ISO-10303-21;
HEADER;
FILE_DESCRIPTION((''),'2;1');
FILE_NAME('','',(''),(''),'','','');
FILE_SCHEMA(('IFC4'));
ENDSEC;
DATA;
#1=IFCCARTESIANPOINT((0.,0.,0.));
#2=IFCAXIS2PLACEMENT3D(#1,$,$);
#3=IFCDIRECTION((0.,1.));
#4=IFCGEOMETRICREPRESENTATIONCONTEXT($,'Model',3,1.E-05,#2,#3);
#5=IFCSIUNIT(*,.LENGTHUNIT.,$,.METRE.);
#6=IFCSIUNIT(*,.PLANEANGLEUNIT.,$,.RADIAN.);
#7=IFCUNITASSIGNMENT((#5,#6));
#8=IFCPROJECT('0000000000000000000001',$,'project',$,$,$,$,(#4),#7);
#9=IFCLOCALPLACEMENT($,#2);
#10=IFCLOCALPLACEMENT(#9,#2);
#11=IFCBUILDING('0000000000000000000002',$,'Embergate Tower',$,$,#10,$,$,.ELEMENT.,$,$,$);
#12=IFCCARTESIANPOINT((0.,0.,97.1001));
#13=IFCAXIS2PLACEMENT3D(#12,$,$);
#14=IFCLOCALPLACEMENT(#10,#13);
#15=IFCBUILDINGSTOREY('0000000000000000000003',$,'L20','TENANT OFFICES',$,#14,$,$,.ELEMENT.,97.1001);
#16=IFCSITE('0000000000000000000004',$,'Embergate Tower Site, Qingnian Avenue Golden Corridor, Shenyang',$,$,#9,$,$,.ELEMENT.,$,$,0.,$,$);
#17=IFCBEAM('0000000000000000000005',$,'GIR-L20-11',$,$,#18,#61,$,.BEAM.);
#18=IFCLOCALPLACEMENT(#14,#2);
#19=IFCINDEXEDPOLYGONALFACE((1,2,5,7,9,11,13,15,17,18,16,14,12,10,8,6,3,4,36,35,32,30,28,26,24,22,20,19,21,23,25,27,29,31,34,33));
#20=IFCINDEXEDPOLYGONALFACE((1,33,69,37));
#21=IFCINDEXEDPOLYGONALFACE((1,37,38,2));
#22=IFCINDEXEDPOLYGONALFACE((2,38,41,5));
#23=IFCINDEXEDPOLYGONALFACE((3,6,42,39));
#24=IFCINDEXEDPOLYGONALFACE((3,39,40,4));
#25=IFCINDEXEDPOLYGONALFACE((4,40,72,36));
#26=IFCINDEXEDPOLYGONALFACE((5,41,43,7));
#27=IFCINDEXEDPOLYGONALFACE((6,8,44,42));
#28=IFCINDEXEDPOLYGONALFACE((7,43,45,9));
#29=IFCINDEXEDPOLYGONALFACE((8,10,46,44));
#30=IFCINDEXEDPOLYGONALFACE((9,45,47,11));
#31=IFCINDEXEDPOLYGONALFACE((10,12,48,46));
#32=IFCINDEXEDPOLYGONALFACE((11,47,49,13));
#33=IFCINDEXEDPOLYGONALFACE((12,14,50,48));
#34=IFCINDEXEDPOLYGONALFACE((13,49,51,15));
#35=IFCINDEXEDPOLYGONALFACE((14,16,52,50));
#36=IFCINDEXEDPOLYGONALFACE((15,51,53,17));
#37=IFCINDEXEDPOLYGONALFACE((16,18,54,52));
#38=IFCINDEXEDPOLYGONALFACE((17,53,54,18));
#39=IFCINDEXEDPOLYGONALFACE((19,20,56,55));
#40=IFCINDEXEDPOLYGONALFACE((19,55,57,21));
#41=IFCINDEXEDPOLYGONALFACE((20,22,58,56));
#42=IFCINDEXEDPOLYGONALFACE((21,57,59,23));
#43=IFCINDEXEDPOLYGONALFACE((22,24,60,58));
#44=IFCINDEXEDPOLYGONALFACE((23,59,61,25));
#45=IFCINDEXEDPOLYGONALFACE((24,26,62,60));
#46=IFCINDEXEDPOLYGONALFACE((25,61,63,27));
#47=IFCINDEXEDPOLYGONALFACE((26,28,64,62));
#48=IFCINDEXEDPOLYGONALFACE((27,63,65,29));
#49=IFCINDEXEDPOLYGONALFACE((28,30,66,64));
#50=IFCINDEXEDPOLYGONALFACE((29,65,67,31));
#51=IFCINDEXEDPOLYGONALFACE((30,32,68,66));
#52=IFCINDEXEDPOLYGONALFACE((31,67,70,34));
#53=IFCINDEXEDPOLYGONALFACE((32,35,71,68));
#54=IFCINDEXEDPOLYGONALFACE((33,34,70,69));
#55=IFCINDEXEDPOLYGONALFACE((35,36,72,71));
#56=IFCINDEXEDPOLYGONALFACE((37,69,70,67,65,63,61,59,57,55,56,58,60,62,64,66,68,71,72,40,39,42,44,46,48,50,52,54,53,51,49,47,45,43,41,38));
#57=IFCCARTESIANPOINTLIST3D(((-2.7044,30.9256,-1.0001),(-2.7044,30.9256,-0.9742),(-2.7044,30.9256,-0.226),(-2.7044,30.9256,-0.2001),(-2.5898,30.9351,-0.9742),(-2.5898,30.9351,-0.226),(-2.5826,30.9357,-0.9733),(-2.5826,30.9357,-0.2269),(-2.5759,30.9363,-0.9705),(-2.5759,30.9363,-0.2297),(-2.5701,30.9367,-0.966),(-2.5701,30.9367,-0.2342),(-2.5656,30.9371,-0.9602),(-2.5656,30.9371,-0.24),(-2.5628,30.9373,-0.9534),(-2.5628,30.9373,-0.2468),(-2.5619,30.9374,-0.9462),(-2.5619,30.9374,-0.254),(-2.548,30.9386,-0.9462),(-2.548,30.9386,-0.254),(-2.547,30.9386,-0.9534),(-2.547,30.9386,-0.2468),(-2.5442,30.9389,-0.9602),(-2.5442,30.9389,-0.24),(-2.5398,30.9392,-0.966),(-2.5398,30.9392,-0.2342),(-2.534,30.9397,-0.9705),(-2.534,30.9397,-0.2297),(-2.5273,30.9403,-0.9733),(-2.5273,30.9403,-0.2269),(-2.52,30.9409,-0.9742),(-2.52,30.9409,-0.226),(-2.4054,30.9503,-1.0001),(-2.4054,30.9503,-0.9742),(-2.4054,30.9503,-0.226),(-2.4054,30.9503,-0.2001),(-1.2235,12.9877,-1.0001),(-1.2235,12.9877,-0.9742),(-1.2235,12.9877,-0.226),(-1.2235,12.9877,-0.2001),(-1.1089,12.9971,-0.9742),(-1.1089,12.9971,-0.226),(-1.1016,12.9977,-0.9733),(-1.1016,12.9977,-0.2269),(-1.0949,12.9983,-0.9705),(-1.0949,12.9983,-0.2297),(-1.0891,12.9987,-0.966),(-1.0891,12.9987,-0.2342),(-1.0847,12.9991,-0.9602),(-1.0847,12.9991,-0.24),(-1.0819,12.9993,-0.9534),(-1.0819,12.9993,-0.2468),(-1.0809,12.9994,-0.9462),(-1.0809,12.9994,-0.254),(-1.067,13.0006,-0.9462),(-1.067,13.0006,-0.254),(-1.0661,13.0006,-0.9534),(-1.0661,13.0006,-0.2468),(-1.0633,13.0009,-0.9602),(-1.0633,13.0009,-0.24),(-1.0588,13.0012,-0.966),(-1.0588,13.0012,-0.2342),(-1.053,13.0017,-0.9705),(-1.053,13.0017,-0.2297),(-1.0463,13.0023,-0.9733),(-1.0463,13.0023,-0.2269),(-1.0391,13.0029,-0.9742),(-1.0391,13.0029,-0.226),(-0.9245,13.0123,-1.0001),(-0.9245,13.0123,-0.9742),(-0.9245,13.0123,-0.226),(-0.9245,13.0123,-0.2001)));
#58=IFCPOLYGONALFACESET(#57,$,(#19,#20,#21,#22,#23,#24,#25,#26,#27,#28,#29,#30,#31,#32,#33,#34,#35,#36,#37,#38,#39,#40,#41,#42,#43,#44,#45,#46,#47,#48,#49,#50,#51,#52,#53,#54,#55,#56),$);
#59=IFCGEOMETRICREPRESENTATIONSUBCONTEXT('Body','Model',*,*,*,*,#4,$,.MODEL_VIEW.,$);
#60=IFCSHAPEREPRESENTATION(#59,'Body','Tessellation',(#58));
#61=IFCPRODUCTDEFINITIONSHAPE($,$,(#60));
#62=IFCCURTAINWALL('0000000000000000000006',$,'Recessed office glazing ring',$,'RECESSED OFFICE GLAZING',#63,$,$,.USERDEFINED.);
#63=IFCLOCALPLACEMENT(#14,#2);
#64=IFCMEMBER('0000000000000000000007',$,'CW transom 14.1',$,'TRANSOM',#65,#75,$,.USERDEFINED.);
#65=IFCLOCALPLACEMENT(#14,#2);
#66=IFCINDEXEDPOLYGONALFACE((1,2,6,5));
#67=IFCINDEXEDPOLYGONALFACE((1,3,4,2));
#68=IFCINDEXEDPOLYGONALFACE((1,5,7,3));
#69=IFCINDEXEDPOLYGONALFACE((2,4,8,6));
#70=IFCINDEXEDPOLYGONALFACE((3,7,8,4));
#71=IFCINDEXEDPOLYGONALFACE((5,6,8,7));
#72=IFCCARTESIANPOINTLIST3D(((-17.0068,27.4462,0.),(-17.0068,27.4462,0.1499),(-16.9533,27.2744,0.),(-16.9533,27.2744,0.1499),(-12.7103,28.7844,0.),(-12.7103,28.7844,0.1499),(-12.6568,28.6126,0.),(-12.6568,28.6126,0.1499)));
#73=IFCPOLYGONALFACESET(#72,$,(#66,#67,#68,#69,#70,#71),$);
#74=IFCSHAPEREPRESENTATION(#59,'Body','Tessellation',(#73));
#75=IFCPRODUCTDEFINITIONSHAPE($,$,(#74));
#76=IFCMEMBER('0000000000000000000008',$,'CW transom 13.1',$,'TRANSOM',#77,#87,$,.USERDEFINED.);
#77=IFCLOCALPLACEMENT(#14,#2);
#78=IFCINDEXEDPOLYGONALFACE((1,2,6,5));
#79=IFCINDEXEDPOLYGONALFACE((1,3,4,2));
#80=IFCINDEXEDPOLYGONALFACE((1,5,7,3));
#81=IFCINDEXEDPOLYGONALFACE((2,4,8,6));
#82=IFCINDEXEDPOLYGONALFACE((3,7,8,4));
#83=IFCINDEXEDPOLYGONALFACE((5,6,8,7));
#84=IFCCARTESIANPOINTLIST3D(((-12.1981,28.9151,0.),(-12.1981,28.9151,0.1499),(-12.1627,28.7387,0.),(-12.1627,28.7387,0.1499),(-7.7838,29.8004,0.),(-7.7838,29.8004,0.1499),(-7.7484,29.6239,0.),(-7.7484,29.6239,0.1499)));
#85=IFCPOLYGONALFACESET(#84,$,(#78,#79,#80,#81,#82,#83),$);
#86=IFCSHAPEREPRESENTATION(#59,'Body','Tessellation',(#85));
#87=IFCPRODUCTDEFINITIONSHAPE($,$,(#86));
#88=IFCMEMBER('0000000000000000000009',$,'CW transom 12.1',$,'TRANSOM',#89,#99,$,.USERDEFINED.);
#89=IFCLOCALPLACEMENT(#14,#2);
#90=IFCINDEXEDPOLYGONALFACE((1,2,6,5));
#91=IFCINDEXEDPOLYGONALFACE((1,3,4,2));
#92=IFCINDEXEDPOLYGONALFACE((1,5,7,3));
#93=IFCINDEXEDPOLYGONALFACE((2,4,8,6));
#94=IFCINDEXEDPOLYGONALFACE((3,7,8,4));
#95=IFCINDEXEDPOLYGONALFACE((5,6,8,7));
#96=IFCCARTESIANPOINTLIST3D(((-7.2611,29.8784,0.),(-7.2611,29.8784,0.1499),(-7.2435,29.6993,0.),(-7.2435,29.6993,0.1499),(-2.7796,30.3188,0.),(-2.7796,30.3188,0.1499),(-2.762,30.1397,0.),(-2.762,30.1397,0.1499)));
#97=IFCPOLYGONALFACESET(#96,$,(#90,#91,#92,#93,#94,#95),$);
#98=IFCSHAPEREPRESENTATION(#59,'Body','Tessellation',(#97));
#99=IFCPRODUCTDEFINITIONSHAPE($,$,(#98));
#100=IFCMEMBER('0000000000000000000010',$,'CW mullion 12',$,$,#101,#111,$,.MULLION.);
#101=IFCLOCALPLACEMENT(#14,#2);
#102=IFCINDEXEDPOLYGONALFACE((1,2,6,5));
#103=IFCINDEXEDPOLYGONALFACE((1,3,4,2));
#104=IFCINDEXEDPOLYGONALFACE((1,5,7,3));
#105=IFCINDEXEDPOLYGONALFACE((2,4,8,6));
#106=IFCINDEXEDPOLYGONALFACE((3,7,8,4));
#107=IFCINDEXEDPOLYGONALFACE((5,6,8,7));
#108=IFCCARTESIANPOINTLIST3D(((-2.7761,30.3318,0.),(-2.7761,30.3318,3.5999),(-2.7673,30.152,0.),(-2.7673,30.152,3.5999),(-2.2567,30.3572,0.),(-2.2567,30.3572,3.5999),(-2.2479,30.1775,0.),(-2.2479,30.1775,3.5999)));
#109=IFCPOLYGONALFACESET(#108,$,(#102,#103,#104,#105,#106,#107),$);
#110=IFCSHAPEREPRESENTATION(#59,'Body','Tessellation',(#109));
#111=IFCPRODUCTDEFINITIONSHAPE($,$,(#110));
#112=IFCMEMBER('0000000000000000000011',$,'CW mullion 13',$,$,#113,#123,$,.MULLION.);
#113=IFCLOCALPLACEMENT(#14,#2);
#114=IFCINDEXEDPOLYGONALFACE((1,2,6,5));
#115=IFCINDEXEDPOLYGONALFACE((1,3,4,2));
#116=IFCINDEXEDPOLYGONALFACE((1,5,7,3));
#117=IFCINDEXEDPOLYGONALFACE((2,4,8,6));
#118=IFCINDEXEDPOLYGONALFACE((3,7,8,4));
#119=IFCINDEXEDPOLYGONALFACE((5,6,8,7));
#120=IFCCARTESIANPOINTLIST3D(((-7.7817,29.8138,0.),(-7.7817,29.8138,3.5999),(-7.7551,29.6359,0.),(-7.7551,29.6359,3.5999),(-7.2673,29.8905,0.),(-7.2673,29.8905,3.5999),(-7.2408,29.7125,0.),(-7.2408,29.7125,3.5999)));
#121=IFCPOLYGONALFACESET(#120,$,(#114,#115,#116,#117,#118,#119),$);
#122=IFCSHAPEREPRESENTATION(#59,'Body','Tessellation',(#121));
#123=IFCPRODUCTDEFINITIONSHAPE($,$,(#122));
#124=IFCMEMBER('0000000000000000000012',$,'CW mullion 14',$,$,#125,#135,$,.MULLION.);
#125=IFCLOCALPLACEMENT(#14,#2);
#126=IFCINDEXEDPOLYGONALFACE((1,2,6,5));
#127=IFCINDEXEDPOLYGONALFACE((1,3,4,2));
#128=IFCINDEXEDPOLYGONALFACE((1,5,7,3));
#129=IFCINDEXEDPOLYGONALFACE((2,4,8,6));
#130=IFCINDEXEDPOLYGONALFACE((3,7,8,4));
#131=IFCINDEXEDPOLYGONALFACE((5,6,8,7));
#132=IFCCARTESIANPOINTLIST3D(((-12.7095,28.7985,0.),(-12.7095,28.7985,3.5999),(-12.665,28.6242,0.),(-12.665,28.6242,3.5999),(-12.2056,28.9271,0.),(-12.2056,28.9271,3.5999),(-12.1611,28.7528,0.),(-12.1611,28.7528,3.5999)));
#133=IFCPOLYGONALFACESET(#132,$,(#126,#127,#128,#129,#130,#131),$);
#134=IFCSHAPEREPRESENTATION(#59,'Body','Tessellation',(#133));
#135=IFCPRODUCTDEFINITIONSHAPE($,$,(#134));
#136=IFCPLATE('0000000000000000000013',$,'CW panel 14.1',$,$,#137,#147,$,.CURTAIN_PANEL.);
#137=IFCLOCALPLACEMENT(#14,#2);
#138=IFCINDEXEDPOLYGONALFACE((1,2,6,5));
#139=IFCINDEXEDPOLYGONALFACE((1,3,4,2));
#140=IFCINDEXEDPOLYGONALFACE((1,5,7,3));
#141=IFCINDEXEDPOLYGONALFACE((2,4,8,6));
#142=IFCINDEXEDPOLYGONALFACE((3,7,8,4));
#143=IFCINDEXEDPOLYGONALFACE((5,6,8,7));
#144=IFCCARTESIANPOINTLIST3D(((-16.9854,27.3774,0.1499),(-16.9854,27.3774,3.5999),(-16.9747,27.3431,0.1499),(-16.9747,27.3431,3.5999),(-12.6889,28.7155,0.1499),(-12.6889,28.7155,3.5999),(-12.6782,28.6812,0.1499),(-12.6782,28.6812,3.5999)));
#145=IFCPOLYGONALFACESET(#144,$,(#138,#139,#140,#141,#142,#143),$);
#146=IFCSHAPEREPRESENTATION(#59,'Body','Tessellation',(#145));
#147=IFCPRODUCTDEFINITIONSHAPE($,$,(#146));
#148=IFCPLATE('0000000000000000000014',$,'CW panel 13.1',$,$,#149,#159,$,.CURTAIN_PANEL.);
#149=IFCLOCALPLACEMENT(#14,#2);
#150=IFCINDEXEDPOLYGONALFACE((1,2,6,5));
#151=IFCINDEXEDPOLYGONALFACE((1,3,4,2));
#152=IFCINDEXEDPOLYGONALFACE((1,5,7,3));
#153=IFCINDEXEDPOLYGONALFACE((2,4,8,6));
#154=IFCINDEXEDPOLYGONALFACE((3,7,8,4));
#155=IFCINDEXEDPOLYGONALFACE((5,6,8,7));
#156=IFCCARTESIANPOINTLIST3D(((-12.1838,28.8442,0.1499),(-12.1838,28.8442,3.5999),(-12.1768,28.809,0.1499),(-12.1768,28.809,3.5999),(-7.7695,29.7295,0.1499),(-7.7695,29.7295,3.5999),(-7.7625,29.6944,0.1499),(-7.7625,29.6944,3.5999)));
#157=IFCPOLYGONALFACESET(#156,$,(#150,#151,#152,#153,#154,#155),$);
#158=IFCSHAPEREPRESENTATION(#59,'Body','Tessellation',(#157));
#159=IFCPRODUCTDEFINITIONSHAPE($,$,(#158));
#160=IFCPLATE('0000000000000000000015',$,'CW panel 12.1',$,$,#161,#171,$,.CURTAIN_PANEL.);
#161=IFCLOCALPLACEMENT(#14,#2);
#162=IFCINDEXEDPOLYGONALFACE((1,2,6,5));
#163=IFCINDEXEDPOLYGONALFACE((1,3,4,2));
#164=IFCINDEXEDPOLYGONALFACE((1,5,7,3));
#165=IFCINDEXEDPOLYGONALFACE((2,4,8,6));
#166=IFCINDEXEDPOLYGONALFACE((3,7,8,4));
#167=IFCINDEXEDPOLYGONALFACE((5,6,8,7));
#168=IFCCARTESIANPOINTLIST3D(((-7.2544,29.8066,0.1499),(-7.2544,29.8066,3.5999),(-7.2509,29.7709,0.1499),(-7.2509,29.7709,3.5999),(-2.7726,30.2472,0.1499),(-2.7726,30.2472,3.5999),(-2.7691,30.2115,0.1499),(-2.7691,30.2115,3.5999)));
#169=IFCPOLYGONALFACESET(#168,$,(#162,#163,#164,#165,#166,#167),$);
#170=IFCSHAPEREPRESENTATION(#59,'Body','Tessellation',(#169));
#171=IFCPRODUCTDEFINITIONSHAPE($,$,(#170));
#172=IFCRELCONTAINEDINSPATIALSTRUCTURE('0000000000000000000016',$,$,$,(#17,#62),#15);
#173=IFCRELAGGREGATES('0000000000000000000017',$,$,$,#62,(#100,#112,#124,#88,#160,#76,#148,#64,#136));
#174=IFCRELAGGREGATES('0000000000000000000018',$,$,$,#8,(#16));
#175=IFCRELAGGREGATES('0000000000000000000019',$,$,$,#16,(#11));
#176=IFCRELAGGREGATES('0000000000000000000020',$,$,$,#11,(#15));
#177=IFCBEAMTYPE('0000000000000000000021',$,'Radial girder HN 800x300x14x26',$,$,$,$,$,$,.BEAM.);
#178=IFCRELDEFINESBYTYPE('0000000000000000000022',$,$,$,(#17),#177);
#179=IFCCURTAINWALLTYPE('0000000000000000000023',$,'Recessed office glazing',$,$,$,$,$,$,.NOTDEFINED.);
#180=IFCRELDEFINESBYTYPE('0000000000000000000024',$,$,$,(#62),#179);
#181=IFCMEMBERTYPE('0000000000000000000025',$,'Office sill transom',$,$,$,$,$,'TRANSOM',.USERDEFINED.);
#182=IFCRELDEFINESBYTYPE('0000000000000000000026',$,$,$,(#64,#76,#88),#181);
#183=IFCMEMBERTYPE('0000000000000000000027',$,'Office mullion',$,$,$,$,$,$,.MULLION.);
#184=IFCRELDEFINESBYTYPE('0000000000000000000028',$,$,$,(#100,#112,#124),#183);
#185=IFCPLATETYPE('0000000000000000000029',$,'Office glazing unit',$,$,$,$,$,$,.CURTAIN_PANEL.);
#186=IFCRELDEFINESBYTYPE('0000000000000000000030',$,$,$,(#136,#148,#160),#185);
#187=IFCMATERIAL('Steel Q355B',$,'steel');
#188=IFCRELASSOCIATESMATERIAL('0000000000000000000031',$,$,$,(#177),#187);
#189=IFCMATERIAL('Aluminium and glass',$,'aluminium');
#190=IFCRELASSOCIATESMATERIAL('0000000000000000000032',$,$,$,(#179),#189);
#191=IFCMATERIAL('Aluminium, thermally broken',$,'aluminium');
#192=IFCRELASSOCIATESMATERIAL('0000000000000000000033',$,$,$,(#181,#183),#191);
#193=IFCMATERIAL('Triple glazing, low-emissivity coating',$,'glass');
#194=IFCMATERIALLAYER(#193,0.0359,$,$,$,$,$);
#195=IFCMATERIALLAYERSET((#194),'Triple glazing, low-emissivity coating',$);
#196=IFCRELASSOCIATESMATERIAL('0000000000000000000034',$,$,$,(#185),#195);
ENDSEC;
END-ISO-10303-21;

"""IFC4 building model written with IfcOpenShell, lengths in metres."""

from ifc_helpers import new_model, si_unit, direction, frame, origin, origin_2d, place, context, subcontext, project, spatial, rectangle, i_section, extrude, source, transform, mapped, material, layer, layer_set, material_profile, profile_set, type_object, element, aggregate, save


model = new_model("IFC4")

# Units and contexts
model_context = context("Model", 3, precision=1e-05, world=origin(), true_north=direction((0.0, 1.0)))
body_context = subcontext(model_context, "Body", "Model", "MODEL_VIEW")
ifc_project = project(units=[si_unit("LENGTHUNIT", "METRE"), si_unit("PLANEANGLEUNIT", "RADIAN")], contexts=[model_context])

# Site, building, storey
site_placement = place(None, origin())
site = spatial("IfcSite", under=ifc_project, at=site_placement, Name="Embergate Tower Site, Qingnian Avenue Golden Corridor, Shenyang", CompositionType="ELEMENT", RefElevation=0.0)
building_placement = place(site_placement, origin())
building = spatial("IfcBuilding", under=site, at=building_placement, Name="Embergate Tower", CompositionType="ELEMENT")
storey_placement = place(building_placement, frame((0.0, 0.0, 97.1001)))
storey = spatial("IfcBuildingStorey", under=building, at=storey_placement, Name="L20", Description="TENANT OFFICES", CompositionType="ELEMENT", Elevation=97.1001)

# Beam
ifc_material_1 = material(Name="Steel Q355B", Category="steel")
ifc_material_profile_1 = material_profile(ifc_material_1, i_section(OverallWidth=0.3, OverallDepth=0.8, WebThickness=0.0139, FlangeThickness=0.0259, FilletRadius=0.0281, at=origin_2d()), Name="HN 800x300x14x26")
ifc_profile_set_1 = profile_set([ifc_material_profile_1], Name="Steel Q355 grade B")
beam_type_1 = type_object("IfcBeamType", Name="Radial girder HN 800x300x14x26", PredefinedType="BEAM", material=ifc_profile_set_1)
shared_shape_1 = source(origin(), body_context, "Body", "SweptSolid", [
    extrude(i_section(OverallWidth=0.3, OverallDepth=0.8, WebThickness=0.0139, FlangeThickness=0.0259, FilletRadius=0.0281, at=origin_2d()), origin(), (0.0, 0.0, 1.0), 17.999),
])
beam_1_placement = place(storey_placement, frame((-2.5549, 30.938, -0.6001), z_axis=(0.08228, -0.996609, 0.0), x_axis=(0.996609, 0.08228, 0.0)))
element("IfcBeam", 1, at=beam_1_placement, inside=storey, type_object=beam_type_1, Name="GIR-L20-11", PredefinedType="BEAM", context=body_context, shape_type="MappedRepresentation", body=[
    mapped(shared_shape_1, transform((0.0, 0.0, 0.0))),
])

# Curtain wall, members, plates
ifc_material_2 = material(Name="Aluminium and glass", Category="aluminium")
curtain_wall_type = type_object("IfcCurtainWallType", Name="Recessed office glazing", PredefinedType="NOTDEFINED", material=ifc_material_2)
curtain_wall_placement = place(storey_placement, origin())
curtain_wall = element("IfcCurtainWall", 2, at=curtain_wall_placement, inside=storey, type_object=curtain_wall_type, Name="Recessed office glazing ring", ObjectType="RECESSED OFFICE GLAZING", PredefinedType="USERDEFINED")
ifc_material_3 = material(Name="Aluminium, thermally broken", Category="aluminium")
ifc_material_profile_2 = material_profile(ifc_material_3, rectangle(XDim=0.1799, YDim=0.1499, at=origin_2d()), Name="AL 150x180")
ifc_profile_set_2 = profile_set([ifc_material_profile_2], Name="Aluminium, thermally broken")
member_type_1 = type_object("IfcMemberType", Name="Office sill transom", ElementType="TRANSOM", PredefinedType="USERDEFINED", material=ifc_profile_set_2)
shared_shape_2 = source(origin(), body_context, "Body", "SweptSolid", [
    extrude(rectangle(XDim=0.1799, YDim=0.1499, at=origin_2d()), origin(), (0.0, 0.0, 1.0), 4.5),
])
member_1_placement = place(storey_placement, frame((-12.6836, 28.6985, 0.075), z_axis=(-0.954763, -0.297367, 0.0), x_axis=(0.297367, -0.954763, 0.0)))
member_1 = element("IfcMember", 3, at=member_1_placement, type_object=member_type_1, Name="CW transom 14.1", ObjectType="TRANSOM", PredefinedType="USERDEFINED", context=body_context, shape_type="MappedRepresentation", body=[
    mapped(shared_shape_2, transform((0.0, 0.0, 0.0))),
])
shared_shape_3 = source(origin(), body_context, "Body", "SweptSolid", [
    extrude(rectangle(XDim=0.1799, YDim=0.1499, at=origin_2d()), origin(), (0.0, 0.0, 1.0), 4.5022),
])
member_2_placement = place(storey_placement, frame((-7.7661, 29.7122, 0.075), z_axis=(-0.980478, -0.196627, 0.0), x_axis=(0.196627, -0.980478, 0.0)))
member_2 = element("IfcMember", 4, at=member_2_placement, type_object=member_type_1, Name="CW transom 13.1", ObjectType="TRANSOM", PredefinedType="USERDEFINED", context=body_context, shape_type="MappedRepresentation", body=[
    mapped(shared_shape_3, transform((0.0, 0.0, 0.0))),
])
shared_shape_4 = source(origin(), body_context, "Body", "SweptSolid", [
    extrude(rectangle(XDim=0.1799, YDim=0.1499, at=origin_2d()), origin(), (0.0, 0.0, 1.0), 4.5032),
])
member_3_placement = place(storey_placement, frame((-2.7708, 30.2292, 0.075), z_axis=(-0.995206, -0.097802, 0.0), x_axis=(0.097802, -0.995206, 0.0)))
member_3 = element("IfcMember", 5, at=member_3_placement, type_object=member_type_1, Name="CW transom 12.1", ObjectType="TRANSOM", PredefinedType="USERDEFINED", context=body_context, shape_type="MappedRepresentation", body=[
    mapped(shared_shape_4, transform((0.0, 0.0, 0.0))),
])
ifc_material_profile_3 = material_profile(ifc_material_3, rectangle(XDim=0.1799, YDim=0.52, at=origin_2d()), Name="AL 520x180")
ifc_profile_set_3 = profile_set([ifc_material_profile_3], Name="Aluminium, thermally broken")
member_type_2 = type_object("IfcMemberType", Name="Office mullion", PredefinedType="MULLION", material=ifc_profile_set_3)
shared_shape_5 = source(origin(), body_context, "Body", "SweptSolid", [
    extrude(rectangle(XDim=0.1799, YDim=0.52, at=origin_2d()), origin(), (0.0, 0.0, 1.0), 3.5999),
])
member_4_placement = place(storey_placement, frame((-2.512, 30.2546, 0.0), z_axis=(0.0, 0.0, 1.0), x_axis=(0.048972, -0.9988, 0.0)))
member_4 = element("IfcMember", 6, at=member_4_placement, type_object=member_type_2, Name="CW mullion 12", PredefinedType="MULLION", context=body_context, shape_type="MappedRepresentation", body=[
    mapped(shared_shape_5, transform((0.0, 0.0, 0.0))),
])
member_5_placement = place(storey_placement, frame((-7.5112, 29.7632, 0.0), z_axis=(0.0, 0.0, 1.0), x_axis=(0.147416, -0.989075, 0.0)))
member_5 = element("IfcMember", 7, at=member_5_placement, type_object=member_type_2, Name="CW mullion 13", PredefinedType="MULLION", context=body_context, shape_type="MappedRepresentation", body=[
    mapped(shared_shape_5, transform((0.0, 0.0, 0.0))),
])
member_6_placement = place(storey_placement, frame((-12.4353, 28.7756, 0.0), z_axis=(0.0, 0.0, 1.0), x_axis=(0.247319, -0.968934, 0.0)))
member_6 = element("IfcMember", 8, at=member_6_placement, type_object=member_type_2, Name="CW mullion 14", PredefinedType="MULLION", context=body_context, shape_type="MappedRepresentation", body=[
    mapped(shared_shape_5, transform((0.0, 0.0, 0.0))),
])
ifc_material_4 = material(Name="Triple glazing, low-emissivity coating", Category="glass")
ifc_layer_1 = layer(ifc_material_4, 0.0359)
ifc_layer_set_1 = layer_set([ifc_layer_1], Name="Triple glazing, low-emissivity coating")
plate_type = type_object("IfcPlateType", Name="Office glazing unit", PredefinedType="CURTAIN_PANEL", material=ifc_layer_set_1)
shared_shape_6 = source(origin(), body_context, "Body", "SweptSolid", [
    extrude(rectangle(XDim=4.5, YDim=0.0359, at=origin_2d()), origin(), (0.0, 0.0, 1.0), 3.45),
])
plate_1_placement = place(storey_placement, frame((-14.8318, 28.0293, 0.1499), z_axis=(0.0, 0.0, 1.0), x_axis=(-0.95477, -0.297345, 0.0)))
plate_1 = element("IfcPlate", 9, at=plate_1_placement, type_object=plate_type, Name="CW panel 14.1", PredefinedType="CURTAIN_PANEL", context=body_context, shape_type="MappedRepresentation", body=[
    mapped(shared_shape_6, transform((0.0, 0.0, 0.0))),
])
shared_shape_7 = source(origin(), body_context, "Body", "SweptSolid", [
    extrude(rectangle(XDim=4.5022, YDim=0.0359, at=origin_2d()), origin(), (0.0, 0.0, 1.0), 3.45),
])
plate_2_placement = place(storey_placement, frame((-9.9731, 29.2693, 0.1499), z_axis=(0.0, 0.0, 1.0), x_axis=(-0.980475, -0.196644, 0.0)))
plate_2 = element("IfcPlate", 10, at=plate_2_placement, type_object=plate_type, Name="CW panel 13.1", PredefinedType="CURTAIN_PANEL", context=body_context, shape_type="MappedRepresentation", body=[
    mapped(shared_shape_7, transform((0.0, 0.0, 0.0))),
])
shared_shape_8 = source(origin(), body_context, "Body", "SweptSolid", [
    extrude(rectangle(XDim=4.5034, YDim=0.0359, at=origin_2d()), origin(), (0.0, 0.0, 1.0), 3.45),
])
plate_3_placement = place(storey_placement, frame((-5.0117, 30.009, 0.1499), z_axis=(0.0, 0.0, 1.0), x_axis=(-0.995203, -0.097831, 0.0)))
plate_3 = element("IfcPlate", 11, at=plate_3_placement, type_object=plate_type, Name="CW panel 12.1", PredefinedType="CURTAIN_PANEL", context=body_context, shape_type="MappedRepresentation", body=[
    mapped(shared_shape_8, transform((0.0, 0.0, 0.0))),
])
aggregate(curtain_wall, [member_4, member_5, member_6, member_3, plate_3, member_2, plate_2, member_1, plate_1])

save(model, "model.ifc")
